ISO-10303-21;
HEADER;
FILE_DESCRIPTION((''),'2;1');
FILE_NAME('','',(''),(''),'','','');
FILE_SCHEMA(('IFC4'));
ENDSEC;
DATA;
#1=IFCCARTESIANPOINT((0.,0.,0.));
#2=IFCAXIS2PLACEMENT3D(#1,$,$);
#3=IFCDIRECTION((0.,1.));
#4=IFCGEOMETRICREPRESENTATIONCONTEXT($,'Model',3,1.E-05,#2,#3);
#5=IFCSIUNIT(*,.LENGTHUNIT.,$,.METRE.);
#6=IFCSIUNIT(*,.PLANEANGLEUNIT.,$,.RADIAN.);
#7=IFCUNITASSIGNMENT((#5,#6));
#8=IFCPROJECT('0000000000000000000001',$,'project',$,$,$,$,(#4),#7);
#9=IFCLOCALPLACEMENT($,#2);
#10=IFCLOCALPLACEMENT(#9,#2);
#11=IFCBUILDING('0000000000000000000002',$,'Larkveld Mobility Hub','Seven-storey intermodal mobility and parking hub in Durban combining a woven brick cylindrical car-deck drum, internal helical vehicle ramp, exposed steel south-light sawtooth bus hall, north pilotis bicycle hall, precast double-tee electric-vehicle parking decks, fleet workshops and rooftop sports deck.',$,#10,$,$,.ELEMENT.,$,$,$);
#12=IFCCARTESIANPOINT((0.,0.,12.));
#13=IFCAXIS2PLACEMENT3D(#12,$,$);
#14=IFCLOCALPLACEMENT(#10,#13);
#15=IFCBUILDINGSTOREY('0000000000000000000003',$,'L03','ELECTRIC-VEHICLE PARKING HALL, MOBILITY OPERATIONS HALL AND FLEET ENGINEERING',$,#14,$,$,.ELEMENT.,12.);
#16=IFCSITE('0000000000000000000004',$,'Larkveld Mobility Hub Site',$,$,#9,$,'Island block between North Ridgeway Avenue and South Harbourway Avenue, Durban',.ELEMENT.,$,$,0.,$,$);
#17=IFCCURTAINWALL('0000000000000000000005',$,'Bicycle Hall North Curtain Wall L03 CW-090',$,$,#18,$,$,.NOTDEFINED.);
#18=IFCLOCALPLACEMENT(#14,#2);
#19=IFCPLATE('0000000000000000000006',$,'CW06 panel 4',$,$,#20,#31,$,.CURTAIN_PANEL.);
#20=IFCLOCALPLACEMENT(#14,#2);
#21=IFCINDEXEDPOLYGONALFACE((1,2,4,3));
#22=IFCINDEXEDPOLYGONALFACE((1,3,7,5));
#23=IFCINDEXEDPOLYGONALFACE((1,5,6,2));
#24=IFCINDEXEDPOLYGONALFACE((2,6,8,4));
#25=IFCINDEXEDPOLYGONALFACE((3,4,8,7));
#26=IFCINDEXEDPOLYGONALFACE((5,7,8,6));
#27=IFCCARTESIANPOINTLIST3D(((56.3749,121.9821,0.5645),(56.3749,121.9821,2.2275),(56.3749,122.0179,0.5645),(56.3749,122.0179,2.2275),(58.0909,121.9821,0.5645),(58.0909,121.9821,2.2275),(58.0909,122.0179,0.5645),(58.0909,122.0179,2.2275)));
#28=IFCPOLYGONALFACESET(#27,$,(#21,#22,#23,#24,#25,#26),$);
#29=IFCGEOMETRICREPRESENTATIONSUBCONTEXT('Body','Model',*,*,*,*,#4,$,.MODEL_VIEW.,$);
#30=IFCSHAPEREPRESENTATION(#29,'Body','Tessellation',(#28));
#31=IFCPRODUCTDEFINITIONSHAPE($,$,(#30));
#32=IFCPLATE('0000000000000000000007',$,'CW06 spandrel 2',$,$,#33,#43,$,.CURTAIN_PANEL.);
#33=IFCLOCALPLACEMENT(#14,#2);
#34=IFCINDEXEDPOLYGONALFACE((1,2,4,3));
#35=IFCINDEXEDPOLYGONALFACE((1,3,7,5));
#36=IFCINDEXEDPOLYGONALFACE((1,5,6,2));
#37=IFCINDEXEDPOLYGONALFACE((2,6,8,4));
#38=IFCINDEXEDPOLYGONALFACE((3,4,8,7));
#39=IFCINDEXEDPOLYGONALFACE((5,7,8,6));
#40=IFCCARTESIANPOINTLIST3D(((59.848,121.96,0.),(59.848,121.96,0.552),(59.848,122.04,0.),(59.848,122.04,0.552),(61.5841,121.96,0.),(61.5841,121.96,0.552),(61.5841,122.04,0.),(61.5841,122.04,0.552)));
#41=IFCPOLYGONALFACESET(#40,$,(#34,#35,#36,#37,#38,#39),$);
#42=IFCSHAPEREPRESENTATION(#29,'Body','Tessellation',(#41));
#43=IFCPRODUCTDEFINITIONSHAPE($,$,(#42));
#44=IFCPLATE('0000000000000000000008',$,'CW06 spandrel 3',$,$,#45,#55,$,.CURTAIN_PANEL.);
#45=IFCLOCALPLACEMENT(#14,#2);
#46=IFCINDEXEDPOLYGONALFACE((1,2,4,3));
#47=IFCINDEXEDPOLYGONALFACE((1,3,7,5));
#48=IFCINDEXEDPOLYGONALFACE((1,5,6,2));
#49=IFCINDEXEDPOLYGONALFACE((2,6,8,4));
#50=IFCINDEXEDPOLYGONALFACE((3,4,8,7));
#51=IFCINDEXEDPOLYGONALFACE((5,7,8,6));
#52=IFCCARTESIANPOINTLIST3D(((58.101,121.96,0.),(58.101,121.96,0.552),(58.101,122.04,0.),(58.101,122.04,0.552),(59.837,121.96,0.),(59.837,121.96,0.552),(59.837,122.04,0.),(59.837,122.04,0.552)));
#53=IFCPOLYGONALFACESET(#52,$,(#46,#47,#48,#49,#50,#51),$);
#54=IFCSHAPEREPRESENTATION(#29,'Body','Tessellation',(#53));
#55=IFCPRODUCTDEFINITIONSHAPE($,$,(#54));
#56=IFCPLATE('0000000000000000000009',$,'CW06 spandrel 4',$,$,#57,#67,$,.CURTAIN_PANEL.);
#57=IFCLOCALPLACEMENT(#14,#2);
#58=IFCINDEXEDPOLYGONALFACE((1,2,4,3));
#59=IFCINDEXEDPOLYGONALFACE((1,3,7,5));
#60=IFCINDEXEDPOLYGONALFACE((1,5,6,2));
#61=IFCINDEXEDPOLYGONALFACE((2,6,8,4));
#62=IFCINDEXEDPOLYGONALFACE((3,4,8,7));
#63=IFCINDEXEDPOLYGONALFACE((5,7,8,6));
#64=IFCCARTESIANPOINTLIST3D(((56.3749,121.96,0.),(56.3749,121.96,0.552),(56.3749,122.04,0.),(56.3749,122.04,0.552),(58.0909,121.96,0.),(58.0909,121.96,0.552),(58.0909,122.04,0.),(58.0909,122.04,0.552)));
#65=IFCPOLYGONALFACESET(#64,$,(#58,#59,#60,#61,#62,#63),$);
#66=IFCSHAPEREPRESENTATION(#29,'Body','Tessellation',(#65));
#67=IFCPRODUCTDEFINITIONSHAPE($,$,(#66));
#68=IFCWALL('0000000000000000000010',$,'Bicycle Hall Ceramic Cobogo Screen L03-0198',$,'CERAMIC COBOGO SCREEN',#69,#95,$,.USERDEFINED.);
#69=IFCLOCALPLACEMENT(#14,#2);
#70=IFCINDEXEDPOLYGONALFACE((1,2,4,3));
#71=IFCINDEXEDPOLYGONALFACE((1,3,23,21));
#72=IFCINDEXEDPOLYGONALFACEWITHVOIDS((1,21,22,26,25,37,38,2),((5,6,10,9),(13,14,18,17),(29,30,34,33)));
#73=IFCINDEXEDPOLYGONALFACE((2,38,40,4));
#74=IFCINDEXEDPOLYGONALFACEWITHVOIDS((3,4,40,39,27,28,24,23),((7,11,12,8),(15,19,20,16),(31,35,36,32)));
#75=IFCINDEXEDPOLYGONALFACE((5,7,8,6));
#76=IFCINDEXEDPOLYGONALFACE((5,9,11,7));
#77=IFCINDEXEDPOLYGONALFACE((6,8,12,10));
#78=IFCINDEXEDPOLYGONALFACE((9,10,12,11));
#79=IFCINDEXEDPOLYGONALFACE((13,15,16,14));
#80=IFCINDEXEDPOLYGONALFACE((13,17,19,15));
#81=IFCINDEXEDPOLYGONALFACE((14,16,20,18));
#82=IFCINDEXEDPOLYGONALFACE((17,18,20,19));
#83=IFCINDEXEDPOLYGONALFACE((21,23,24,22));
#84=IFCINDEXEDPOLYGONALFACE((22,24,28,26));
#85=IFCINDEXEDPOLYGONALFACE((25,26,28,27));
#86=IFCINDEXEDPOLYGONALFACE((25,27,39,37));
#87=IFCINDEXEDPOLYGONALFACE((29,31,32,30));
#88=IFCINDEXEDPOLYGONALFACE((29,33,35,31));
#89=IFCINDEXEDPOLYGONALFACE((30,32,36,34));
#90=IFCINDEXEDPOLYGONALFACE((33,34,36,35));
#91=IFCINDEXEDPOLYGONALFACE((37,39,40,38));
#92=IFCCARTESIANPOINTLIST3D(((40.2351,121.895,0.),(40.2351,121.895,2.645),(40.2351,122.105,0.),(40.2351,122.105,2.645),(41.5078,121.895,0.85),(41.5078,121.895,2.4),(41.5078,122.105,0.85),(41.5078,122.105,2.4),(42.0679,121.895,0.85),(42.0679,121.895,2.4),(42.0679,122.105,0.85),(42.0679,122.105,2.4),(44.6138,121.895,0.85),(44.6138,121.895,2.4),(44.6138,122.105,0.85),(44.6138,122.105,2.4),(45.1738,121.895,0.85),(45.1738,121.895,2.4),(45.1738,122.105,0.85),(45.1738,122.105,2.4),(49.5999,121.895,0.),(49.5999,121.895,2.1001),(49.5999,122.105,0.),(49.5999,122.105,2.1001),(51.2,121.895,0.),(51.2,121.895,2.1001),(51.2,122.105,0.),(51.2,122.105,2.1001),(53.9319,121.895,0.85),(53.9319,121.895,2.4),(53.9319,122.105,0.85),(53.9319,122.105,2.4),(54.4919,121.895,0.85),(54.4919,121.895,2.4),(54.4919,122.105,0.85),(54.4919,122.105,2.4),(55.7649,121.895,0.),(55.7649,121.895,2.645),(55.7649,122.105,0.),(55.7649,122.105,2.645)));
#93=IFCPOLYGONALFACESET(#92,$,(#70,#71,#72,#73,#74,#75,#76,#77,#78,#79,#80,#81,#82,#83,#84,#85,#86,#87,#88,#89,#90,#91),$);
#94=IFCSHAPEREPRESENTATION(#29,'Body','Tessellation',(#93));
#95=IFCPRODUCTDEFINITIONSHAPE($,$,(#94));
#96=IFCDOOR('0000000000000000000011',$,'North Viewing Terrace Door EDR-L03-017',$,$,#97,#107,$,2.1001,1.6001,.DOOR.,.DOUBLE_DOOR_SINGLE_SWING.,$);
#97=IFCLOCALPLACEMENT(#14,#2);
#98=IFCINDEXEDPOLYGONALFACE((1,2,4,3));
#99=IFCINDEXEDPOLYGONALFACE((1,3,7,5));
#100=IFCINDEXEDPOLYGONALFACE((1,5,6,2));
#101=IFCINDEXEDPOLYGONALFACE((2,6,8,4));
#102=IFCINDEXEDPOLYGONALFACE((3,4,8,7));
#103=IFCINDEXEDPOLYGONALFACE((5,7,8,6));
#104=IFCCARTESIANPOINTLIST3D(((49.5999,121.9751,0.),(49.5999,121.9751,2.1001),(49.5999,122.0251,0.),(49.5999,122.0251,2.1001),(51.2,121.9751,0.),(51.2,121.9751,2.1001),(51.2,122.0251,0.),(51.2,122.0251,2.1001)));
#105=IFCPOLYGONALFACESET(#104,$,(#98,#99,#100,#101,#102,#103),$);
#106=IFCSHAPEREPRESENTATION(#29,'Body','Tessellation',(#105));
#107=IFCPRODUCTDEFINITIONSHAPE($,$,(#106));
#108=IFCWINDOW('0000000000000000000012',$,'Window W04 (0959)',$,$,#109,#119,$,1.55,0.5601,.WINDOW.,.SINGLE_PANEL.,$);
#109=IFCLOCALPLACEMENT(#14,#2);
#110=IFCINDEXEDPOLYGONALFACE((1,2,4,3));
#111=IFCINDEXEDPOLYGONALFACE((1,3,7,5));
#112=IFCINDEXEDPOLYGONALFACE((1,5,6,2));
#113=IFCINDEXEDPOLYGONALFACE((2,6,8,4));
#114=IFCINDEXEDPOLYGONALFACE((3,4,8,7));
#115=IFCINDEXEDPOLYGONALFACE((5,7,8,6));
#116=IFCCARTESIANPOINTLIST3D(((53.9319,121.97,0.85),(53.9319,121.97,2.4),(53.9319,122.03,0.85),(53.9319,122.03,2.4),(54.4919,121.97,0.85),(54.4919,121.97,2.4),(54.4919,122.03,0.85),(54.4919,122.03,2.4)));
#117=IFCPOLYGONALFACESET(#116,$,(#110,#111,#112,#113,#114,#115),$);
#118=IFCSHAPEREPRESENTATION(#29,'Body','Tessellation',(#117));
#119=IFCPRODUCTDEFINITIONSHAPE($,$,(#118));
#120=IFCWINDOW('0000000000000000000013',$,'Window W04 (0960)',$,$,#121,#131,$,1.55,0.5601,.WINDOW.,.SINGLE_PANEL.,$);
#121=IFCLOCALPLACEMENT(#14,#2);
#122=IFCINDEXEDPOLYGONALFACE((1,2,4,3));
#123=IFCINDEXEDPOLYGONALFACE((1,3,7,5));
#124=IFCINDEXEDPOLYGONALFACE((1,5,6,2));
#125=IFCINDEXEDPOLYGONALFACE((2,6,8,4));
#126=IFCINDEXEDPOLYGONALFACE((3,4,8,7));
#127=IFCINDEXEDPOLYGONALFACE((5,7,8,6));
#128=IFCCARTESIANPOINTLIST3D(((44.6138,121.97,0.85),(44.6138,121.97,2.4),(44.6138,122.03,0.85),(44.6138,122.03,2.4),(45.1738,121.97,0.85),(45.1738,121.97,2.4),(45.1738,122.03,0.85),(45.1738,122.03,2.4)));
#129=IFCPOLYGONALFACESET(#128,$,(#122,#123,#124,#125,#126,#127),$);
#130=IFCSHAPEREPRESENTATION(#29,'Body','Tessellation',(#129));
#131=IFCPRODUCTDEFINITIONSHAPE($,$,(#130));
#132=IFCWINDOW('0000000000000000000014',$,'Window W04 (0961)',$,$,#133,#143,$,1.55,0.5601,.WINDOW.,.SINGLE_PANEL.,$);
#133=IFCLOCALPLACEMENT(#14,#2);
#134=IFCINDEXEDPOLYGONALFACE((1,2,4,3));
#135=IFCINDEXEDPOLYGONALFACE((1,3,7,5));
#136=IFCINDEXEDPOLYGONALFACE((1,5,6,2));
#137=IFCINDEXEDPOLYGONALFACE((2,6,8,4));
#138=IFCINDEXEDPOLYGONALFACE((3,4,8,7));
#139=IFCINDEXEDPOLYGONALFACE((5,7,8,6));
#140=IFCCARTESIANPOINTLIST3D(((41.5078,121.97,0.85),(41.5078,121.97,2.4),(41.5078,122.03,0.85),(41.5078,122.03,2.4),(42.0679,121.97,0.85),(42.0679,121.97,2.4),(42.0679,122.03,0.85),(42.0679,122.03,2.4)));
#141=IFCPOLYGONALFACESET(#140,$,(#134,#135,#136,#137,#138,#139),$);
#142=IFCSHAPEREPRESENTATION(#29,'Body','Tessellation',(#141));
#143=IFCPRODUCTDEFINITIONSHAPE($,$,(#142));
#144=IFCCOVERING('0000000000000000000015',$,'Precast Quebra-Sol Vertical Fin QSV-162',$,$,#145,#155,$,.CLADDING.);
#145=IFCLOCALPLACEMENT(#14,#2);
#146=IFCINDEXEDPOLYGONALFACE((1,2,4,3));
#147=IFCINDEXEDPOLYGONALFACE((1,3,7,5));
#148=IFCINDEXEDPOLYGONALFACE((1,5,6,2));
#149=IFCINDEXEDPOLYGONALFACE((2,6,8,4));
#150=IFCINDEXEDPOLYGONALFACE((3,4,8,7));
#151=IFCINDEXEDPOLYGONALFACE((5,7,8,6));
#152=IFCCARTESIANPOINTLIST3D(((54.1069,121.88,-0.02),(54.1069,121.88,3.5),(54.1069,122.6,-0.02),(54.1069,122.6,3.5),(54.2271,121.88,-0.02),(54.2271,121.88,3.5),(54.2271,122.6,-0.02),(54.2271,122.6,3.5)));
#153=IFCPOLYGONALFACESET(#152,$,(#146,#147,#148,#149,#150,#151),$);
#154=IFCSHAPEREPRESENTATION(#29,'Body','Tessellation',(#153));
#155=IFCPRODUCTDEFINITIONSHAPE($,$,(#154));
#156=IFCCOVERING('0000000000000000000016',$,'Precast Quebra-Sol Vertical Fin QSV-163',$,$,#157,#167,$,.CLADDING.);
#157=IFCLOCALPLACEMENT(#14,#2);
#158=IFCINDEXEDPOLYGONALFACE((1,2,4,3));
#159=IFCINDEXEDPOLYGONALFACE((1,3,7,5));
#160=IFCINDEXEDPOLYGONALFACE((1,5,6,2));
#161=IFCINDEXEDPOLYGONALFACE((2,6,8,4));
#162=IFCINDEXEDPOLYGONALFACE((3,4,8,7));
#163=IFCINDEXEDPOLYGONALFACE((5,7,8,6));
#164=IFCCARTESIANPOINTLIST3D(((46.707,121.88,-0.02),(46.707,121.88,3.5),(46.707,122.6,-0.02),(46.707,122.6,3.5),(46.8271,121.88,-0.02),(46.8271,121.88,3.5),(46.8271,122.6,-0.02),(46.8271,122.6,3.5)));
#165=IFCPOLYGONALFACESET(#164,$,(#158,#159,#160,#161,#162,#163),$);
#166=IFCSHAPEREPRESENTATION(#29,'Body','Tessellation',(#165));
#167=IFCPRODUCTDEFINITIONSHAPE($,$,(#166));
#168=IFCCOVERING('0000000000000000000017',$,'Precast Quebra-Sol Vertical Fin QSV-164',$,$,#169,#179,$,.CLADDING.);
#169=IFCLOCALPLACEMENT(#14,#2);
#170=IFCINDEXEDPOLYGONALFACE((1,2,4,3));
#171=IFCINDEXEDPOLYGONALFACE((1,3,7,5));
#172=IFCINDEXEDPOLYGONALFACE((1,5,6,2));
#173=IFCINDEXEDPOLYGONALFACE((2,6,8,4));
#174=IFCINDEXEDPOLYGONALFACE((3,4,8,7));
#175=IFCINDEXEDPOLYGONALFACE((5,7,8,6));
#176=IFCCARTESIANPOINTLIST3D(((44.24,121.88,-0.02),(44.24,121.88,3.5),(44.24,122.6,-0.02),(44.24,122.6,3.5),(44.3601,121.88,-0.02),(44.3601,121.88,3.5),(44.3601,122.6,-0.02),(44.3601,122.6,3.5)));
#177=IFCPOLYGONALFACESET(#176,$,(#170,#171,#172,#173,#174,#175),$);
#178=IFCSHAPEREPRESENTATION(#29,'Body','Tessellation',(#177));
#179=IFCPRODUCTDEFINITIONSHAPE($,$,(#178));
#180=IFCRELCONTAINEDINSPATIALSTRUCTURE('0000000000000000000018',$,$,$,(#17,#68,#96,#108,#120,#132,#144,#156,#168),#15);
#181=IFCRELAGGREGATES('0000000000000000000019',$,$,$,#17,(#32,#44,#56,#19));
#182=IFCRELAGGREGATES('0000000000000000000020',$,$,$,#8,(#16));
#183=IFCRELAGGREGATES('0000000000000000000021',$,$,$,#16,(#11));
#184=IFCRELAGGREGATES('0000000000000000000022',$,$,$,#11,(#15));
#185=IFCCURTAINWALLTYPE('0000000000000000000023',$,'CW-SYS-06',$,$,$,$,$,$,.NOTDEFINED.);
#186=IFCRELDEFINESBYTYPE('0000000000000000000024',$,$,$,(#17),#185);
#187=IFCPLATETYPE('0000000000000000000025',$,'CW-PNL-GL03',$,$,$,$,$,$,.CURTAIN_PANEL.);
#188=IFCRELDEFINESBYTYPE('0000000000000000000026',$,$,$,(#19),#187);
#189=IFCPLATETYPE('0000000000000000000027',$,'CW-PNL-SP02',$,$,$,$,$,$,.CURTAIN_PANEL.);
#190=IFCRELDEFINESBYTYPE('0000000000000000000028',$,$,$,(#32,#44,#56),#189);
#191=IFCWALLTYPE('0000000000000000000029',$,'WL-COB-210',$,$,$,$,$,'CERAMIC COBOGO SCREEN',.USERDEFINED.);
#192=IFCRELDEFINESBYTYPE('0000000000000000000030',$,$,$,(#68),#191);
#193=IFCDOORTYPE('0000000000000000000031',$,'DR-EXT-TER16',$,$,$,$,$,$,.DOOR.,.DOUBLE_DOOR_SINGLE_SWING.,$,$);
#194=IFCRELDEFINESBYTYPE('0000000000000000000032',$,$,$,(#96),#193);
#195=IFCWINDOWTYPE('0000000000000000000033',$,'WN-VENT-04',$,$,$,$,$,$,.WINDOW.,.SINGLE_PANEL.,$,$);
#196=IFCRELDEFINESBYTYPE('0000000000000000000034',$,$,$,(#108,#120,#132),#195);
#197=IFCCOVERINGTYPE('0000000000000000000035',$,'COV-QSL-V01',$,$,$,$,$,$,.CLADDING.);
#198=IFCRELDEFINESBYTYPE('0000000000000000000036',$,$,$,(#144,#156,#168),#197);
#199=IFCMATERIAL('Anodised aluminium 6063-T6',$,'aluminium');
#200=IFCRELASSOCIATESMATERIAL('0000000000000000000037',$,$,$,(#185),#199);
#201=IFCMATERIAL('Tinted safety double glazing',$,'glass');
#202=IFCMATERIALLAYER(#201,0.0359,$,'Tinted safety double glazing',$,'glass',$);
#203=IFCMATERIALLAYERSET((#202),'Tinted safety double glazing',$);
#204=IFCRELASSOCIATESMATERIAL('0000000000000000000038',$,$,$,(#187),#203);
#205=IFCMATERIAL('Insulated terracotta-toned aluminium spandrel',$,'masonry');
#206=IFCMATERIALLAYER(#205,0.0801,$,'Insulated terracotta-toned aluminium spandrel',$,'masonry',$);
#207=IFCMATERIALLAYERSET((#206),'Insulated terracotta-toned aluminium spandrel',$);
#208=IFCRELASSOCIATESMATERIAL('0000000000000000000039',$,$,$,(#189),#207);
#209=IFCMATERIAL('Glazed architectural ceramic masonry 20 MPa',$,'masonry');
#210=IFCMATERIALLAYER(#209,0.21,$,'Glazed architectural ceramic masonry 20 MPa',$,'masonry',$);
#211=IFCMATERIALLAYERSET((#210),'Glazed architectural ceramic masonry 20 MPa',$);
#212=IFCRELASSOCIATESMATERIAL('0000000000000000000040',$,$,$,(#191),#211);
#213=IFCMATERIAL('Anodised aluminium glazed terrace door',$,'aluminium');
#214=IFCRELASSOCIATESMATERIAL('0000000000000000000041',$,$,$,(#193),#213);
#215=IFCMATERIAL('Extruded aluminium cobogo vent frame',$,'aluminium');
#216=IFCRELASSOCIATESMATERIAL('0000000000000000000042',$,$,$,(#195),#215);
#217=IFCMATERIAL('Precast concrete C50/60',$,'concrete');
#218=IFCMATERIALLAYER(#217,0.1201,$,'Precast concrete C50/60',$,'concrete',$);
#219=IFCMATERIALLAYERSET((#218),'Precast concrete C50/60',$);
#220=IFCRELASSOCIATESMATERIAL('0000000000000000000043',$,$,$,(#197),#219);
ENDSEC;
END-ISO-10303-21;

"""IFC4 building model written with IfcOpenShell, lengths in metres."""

from ifc_helpers import new_model, si_unit, direction, frame, frame_2d, origin, origin_2d, place, context, subcontext, project, spatial, rectangle, extrude, material, layer, layer_set, type_object, element, fill, aggregate, save


model = new_model("IFC4")

# Units and contexts
model_context = context("Model", 3, precision=1e-05, world=origin(), true_north=direction((0.0, 1.0)))
body_context = subcontext(model_context, "Body", "Model", "MODEL_VIEW")
ifc_project = project(units=[si_unit("LENGTHUNIT", "METRE"), si_unit("PLANEANGLEUNIT", "RADIAN")], contexts=[model_context])

# Site, building, storey
site_placement = place(None, origin())
site = spatial("IfcSite", under=ifc_project, at=site_placement, Name="Larkveld Mobility Hub Site", LongName="Island block between North Ridgeway Avenue and South Harbourway Avenue, Durban", CompositionType="ELEMENT", RefElevation=0.0)
building_placement = place(site_placement, origin())
building = spatial("IfcBuilding", under=site, at=building_placement, Name="Larkveld Mobility Hub", Description="Seven-storey intermodal mobility and parking hub in Durban combining a woven brick cylindrical car-deck drum, internal helical vehicle ramp, exposed steel south-light sawtooth bus hall, north pilotis bicycle hall, precast double-tee electric-vehicle parking decks, fleet workshops and rooftop sports deck.", CompositionType="ELEMENT")
storey_placement = place(building_placement, frame((0.0, 0.0, 12.0)))
storey = spatial("IfcBuildingStorey", under=building, at=storey_placement, Name="L03", Description="ELECTRIC-VEHICLE PARKING HALL, MOBILITY OPERATIONS HALL AND FLEET ENGINEERING", CompositionType="ELEMENT", Elevation=12.0)

# Curtain wall, plates
ifc_material_1 = material(Name="Anodised aluminium 6063-T6", Category="aluminium")
curtain_wall_type = type_object("IfcCurtainWallType", Name="CW-SYS-06", PredefinedType="NOTDEFINED", material=ifc_material_1)
curtain_wall_placement = place(storey_placement, origin())
curtain_wall = element("IfcCurtainWall", 1, at=curtain_wall_placement, inside=storey, type_object=curtain_wall_type, Name="Bicycle Hall North Curtain Wall L03 CW-090", PredefinedType="NOTDEFINED")
ifc_material_2 = material(Name="Tinted safety double glazing", Category="glass")
ifc_layer_1 = layer(ifc_material_2, 0.0359, Name="Tinted safety double glazing", Category="glass")
ifc_layer_set_1 = layer_set([ifc_layer_1], Name="Tinted safety double glazing")
plate_type_1 = type_object("IfcPlateType", Name="CW-PNL-GL03", PredefinedType="CURTAIN_PANEL", material=ifc_layer_set_1)
plate_1_placement = place(storey_placement, frame((57.2329, 122.0, 0.5645), z_axis=(0.0, 0.0, 1.0), x_axis=(-1.0, 0.0, 0.0)))
plate_1 = element("IfcPlate", 2, at=plate_1_placement, type_object=plate_type_1, Name="CW06 panel 4", PredefinedType="CURTAIN_PANEL", context=body_context, shape_type="SweptSolid", body=[
    extrude(rectangle(XDim=1.7161, YDim=0.0359, at=origin_2d()), origin(), (0.0, 0.0, 1.0), 1.6631),
])
ifc_material_3 = material(Name="Insulated terracotta-toned aluminium spandrel", Category="masonry")
ifc_layer_2 = layer(ifc_material_3, 0.0801, Name="Insulated terracotta-toned aluminium spandrel", Category="masonry")
ifc_layer_set_2 = layer_set([ifc_layer_2], Name="Insulated terracotta-toned aluminium spandrel")
plate_type_2 = type_object("IfcPlateType", Name="CW-PNL-SP02", PredefinedType="CURTAIN_PANEL", material=ifc_layer_set_2)
plate_2_placement = place(storey_placement, frame((60.7161, 122.0, 0.0), z_axis=(0.0, 0.0, 1.0), x_axis=(-1.0, 0.0, 0.0)))
plate_2 = element("IfcPlate", 3, at=plate_2_placement, type_object=plate_type_2, Name="CW06 spandrel 2", PredefinedType="CURTAIN_PANEL", context=body_context, shape_type="SweptSolid", body=[
    extrude(rectangle(XDim=1.7361, YDim=0.0801, at=origin_2d()), origin(), (0.0, 0.0, 1.0), 0.552),
])
plate_3_placement = place(storey_placement, frame((58.969, 122.0, 0.0), z_axis=(0.0, 0.0, 1.0), x_axis=(-1.0, 0.0, 0.0)))
plate_3 = element("IfcPlate", 4, at=plate_3_placement, type_object=plate_type_2, Name="CW06 spandrel 3", PredefinedType="CURTAIN_PANEL", context=body_context, shape_type="SweptSolid", body=[
    extrude(rectangle(XDim=1.7361, YDim=0.0801, at=origin_2d()), origin(), (0.0, 0.0, 1.0), 0.552),
])
plate_4_placement = place(storey_placement, frame((57.2329, 122.0, 0.0), z_axis=(0.0, 0.0, 1.0), x_axis=(-1.0, 0.0, 0.0)))
plate_4 = element("IfcPlate", 5, at=plate_4_placement, type_object=plate_type_2, Name="CW06 spandrel 4", PredefinedType="CURTAIN_PANEL", context=body_context, shape_type="SweptSolid", body=[
    extrude(rectangle(XDim=1.7161, YDim=0.0801, at=origin_2d()), origin(), (0.0, 0.0, 1.0), 0.552),
])
aggregate(curtain_wall, [plate_2, plate_3, plate_4, plate_1])

# Wall, openings, door, windows
ifc_material_4 = material(Name="Glazed architectural ceramic masonry 20 MPa", Category="masonry")
ifc_layer_3 = layer(ifc_material_4, 0.21, Name="Glazed architectural ceramic masonry 20 MPa", Category="masonry")
ifc_layer_set_3 = layer_set([ifc_layer_3], Name="Glazed architectural ceramic masonry 20 MPa")
wall_type = type_object("IfcWallType", Name="WL-COB-210", ElementType="CERAMIC COBOGO SCREEN", PredefinedType="USERDEFINED", material=ifc_layer_set_3)
wall_placement = place(storey_placement, frame((55.7649, 122.0, 0.0), z_axis=(0.0, 0.0, 1.0), x_axis=(-1.0, 0.0, 0.0)))
wall = element("IfcWall", 6, at=wall_placement, inside=storey, type_object=wall_type, Name="Bicycle Hall Ceramic Cobogo Screen L03-0198", ObjectType="CERAMIC COBOGO SCREEN", PredefinedType="USERDEFINED", context=body_context, shape_type="SweptSolid", body=[
    extrude(rectangle(XDim=15.5298, YDim=0.21, at=frame_2d((7.7649, 0.0))), origin(), (0.0, 0.0, 1.0), 2.645),
])
opening_1_placement = place(wall_placement, frame((4.5649, 0.0, 0.0)))
opening_1 = element("IfcOpeningElement", 7, at=opening_1_placement, cuts=wall, PredefinedType="OPENING", context=body_context, shape_type="SweptSolid", body=[
    extrude(rectangle(XDim=1.6001, YDim=2.1001, at=frame_2d((0.8, 1.05))), frame((0.0, 0.115, 0.0), z_axis=(0.0, -1.0, 0.0), x_axis=(1.0, 0.0, 0.0)), (0.0, 0.0, 1.0), 0.23),
])
opening_2_placement = place(wall_placement, frame((1.2729, 0.0, 0.8501)))
opening_2 = element("IfcOpeningElement", 8, at=opening_2_placement, cuts=wall, PredefinedType="OPENING", context=body_context, shape_type="SweptSolid", body=[
    extrude(rectangle(XDim=0.5601, YDim=1.55, at=frame_2d((0.28, 0.7749))), frame((0.0, 0.115, 0.0), z_axis=(0.0, -1.0, 0.0), x_axis=(1.0, 0.0, 0.0)), (0.0, 0.0, 1.0), 0.23),
])
opening_3_placement = place(wall_placement, frame((10.5911, 0.0, 0.8501)))
opening_3 = element("IfcOpeningElement", 9, at=opening_3_placement, cuts=wall, PredefinedType="OPENING", context=body_context, shape_type="SweptSolid", body=[
    extrude(rectangle(XDim=0.5601, YDim=1.55, at=frame_2d((0.28, 0.7749))), frame((0.0, 0.115, 0.0), z_axis=(0.0, -1.0, 0.0), x_axis=(1.0, 0.0, 0.0)), (0.0, 0.0, 1.0), 0.23),
])
opening_4_placement = place(wall_placement, frame((13.697, 0.0, 0.8501)))
opening_4 = element("IfcOpeningElement", 10, at=opening_4_placement, cuts=wall, PredefinedType="OPENING", context=body_context, shape_type="SweptSolid", body=[
    extrude(rectangle(XDim=0.5601, YDim=1.55, at=frame_2d((0.28, 0.7749))), frame((0.0, 0.115, 0.0), z_axis=(0.0, -1.0, 0.0), x_axis=(1.0, 0.0, 0.0)), (0.0, 0.0, 1.0), 0.23),
])
ifc_material_5 = material(Name="Anodised aluminium glazed terrace door", Category="aluminium")
door_type = type_object("IfcDoorType", Name="DR-EXT-TER16", OperationType="DOUBLE_DOOR_SINGLE_SWING", PredefinedType="DOOR", material=ifc_material_5)
door_placement = place(opening_1_placement, origin())
door = element("IfcDoor", 11, at=door_placement, inside=storey, type_object=door_type, Name="North Viewing Terrace Door EDR-L03-017", OperationType="DOUBLE_DOOR_SINGLE_SWING", OverallHeight=2.1001, OverallWidth=1.6001, PredefinedType="DOOR", context=body_context, shape_type="SweptSolid", body=[
    extrude(rectangle(XDim=1.6001, YDim=2.1001, at=frame_2d((0.8, 1.05))), frame((0.0, 0.0249, 0.0), z_axis=(0.0, -1.0, 0.0), x_axis=(1.0, 0.0, 0.0)), (0.0, 0.0, 1.0), 0.05),
])
fill(opening_1, door)
ifc_material_6 = material(Name="Extruded aluminium cobogo vent frame", Category="aluminium")
window_type = type_object("IfcWindowType", Name="WN-VENT-04", PartitioningType="SINGLE_PANEL", PredefinedType="WINDOW", material=ifc_material_6)
window_1_placement = place(opening_2_placement, origin())
window_1 = element("IfcWindow", 12, at=window_1_placement, inside=storey, type_object=window_type, Name="Window W04 (0959)", OverallHeight=1.55, OverallWidth=0.5601, PartitioningType="SINGLE_PANEL", PredefinedType="WINDOW", context=body_context, shape_type="SweptSolid", body=[
    extrude(rectangle(XDim=0.5601, YDim=1.55, at=frame_2d((0.28, 0.7749))), frame((0.0, 0.03, 0.0), z_axis=(0.0, -1.0, 0.0), x_axis=(1.0, 0.0, 0.0)), (0.0, 0.0, 1.0), 0.0601),
])
fill(opening_2, window_1)
window_2_placement = place(opening_3_placement, origin())
window_2 = element("IfcWindow", 13, at=window_2_placement, inside=storey, type_object=window_type, Name="Window W04 (0960)", OverallHeight=1.55, OverallWidth=0.5601, PartitioningType="SINGLE_PANEL", PredefinedType="WINDOW", context=body_context, shape_type="SweptSolid", body=[
    extrude(rectangle(XDim=0.5601, YDim=1.55, at=frame_2d((0.28, 0.7749))), frame((0.0, 0.03, 0.0), z_axis=(0.0, -1.0, 0.0), x_axis=(1.0, 0.0, 0.0)), (0.0, 0.0, 1.0), 0.0601),
])
fill(opening_3, window_2)
window_3_placement = place(opening_4_placement, origin())
window_3 = element("IfcWindow", 14, at=window_3_placement, inside=storey, type_object=window_type, Name="Window W04 (0961)", OverallHeight=1.55, OverallWidth=0.5601, PartitioningType="SINGLE_PANEL", PredefinedType="WINDOW", context=body_context, shape_type="SweptSolid", body=[
    extrude(rectangle(XDim=0.5601, YDim=1.55, at=frame_2d((0.28, 0.7749))), frame((0.0, 0.03, 0.0), z_axis=(0.0, -1.0, 0.0), x_axis=(1.0, 0.0, 0.0)), (0.0, 0.0, 1.0), 0.0601),
])
fill(opening_4, window_3)

# Coverings
ifc_material_7 = material(Name="Precast concrete C50/60", Category="concrete")
ifc_layer_4 = layer(ifc_material_7, 0.1201, Name="Precast concrete C50/60", Category="concrete")
ifc_layer_set_4 = layer_set([ifc_layer_4], Name="Precast concrete C50/60")
covering_type = type_object("IfcCoveringType", Name="COV-QSL-V01", PredefinedType="CLADDING", material=ifc_layer_set_4)
for number, where, z_axis, x_axis, name in (
    (15, (54.167, 122.24, -0.02), (0.0, 0.0, 1.0), (-1.0, 0.0, 0.0), "Precast Quebra-Sol Vertical Fin QSV-162"),
    (16, (46.7671, 122.24, -0.02), (0.0, 0.0, 1.0), (-1.0, 0.0, 0.0), "Precast Quebra-Sol Vertical Fin QSV-163"),
    (17, (44.3, 122.24, -0.02), (0.0, 0.0, 1.0), (-1.0, 0.0, 0.0), "Precast Quebra-Sol Vertical Fin QSV-164"),
):
    element("IfcCovering", number, at=place(storey_placement, frame(where, z_axis=z_axis, x_axis=x_axis)), inside=storey, type_object=covering_type, Name=name, PredefinedType="CLADDING", context=body_context, shape_type="SweptSolid", body=[
        extrude(rectangle(XDim=0.1201, YDim=0.72, at=origin_2d()), origin(), (0.0, 0.0, 1.0), 3.52),
    ])

save(model, "model.ifc")
